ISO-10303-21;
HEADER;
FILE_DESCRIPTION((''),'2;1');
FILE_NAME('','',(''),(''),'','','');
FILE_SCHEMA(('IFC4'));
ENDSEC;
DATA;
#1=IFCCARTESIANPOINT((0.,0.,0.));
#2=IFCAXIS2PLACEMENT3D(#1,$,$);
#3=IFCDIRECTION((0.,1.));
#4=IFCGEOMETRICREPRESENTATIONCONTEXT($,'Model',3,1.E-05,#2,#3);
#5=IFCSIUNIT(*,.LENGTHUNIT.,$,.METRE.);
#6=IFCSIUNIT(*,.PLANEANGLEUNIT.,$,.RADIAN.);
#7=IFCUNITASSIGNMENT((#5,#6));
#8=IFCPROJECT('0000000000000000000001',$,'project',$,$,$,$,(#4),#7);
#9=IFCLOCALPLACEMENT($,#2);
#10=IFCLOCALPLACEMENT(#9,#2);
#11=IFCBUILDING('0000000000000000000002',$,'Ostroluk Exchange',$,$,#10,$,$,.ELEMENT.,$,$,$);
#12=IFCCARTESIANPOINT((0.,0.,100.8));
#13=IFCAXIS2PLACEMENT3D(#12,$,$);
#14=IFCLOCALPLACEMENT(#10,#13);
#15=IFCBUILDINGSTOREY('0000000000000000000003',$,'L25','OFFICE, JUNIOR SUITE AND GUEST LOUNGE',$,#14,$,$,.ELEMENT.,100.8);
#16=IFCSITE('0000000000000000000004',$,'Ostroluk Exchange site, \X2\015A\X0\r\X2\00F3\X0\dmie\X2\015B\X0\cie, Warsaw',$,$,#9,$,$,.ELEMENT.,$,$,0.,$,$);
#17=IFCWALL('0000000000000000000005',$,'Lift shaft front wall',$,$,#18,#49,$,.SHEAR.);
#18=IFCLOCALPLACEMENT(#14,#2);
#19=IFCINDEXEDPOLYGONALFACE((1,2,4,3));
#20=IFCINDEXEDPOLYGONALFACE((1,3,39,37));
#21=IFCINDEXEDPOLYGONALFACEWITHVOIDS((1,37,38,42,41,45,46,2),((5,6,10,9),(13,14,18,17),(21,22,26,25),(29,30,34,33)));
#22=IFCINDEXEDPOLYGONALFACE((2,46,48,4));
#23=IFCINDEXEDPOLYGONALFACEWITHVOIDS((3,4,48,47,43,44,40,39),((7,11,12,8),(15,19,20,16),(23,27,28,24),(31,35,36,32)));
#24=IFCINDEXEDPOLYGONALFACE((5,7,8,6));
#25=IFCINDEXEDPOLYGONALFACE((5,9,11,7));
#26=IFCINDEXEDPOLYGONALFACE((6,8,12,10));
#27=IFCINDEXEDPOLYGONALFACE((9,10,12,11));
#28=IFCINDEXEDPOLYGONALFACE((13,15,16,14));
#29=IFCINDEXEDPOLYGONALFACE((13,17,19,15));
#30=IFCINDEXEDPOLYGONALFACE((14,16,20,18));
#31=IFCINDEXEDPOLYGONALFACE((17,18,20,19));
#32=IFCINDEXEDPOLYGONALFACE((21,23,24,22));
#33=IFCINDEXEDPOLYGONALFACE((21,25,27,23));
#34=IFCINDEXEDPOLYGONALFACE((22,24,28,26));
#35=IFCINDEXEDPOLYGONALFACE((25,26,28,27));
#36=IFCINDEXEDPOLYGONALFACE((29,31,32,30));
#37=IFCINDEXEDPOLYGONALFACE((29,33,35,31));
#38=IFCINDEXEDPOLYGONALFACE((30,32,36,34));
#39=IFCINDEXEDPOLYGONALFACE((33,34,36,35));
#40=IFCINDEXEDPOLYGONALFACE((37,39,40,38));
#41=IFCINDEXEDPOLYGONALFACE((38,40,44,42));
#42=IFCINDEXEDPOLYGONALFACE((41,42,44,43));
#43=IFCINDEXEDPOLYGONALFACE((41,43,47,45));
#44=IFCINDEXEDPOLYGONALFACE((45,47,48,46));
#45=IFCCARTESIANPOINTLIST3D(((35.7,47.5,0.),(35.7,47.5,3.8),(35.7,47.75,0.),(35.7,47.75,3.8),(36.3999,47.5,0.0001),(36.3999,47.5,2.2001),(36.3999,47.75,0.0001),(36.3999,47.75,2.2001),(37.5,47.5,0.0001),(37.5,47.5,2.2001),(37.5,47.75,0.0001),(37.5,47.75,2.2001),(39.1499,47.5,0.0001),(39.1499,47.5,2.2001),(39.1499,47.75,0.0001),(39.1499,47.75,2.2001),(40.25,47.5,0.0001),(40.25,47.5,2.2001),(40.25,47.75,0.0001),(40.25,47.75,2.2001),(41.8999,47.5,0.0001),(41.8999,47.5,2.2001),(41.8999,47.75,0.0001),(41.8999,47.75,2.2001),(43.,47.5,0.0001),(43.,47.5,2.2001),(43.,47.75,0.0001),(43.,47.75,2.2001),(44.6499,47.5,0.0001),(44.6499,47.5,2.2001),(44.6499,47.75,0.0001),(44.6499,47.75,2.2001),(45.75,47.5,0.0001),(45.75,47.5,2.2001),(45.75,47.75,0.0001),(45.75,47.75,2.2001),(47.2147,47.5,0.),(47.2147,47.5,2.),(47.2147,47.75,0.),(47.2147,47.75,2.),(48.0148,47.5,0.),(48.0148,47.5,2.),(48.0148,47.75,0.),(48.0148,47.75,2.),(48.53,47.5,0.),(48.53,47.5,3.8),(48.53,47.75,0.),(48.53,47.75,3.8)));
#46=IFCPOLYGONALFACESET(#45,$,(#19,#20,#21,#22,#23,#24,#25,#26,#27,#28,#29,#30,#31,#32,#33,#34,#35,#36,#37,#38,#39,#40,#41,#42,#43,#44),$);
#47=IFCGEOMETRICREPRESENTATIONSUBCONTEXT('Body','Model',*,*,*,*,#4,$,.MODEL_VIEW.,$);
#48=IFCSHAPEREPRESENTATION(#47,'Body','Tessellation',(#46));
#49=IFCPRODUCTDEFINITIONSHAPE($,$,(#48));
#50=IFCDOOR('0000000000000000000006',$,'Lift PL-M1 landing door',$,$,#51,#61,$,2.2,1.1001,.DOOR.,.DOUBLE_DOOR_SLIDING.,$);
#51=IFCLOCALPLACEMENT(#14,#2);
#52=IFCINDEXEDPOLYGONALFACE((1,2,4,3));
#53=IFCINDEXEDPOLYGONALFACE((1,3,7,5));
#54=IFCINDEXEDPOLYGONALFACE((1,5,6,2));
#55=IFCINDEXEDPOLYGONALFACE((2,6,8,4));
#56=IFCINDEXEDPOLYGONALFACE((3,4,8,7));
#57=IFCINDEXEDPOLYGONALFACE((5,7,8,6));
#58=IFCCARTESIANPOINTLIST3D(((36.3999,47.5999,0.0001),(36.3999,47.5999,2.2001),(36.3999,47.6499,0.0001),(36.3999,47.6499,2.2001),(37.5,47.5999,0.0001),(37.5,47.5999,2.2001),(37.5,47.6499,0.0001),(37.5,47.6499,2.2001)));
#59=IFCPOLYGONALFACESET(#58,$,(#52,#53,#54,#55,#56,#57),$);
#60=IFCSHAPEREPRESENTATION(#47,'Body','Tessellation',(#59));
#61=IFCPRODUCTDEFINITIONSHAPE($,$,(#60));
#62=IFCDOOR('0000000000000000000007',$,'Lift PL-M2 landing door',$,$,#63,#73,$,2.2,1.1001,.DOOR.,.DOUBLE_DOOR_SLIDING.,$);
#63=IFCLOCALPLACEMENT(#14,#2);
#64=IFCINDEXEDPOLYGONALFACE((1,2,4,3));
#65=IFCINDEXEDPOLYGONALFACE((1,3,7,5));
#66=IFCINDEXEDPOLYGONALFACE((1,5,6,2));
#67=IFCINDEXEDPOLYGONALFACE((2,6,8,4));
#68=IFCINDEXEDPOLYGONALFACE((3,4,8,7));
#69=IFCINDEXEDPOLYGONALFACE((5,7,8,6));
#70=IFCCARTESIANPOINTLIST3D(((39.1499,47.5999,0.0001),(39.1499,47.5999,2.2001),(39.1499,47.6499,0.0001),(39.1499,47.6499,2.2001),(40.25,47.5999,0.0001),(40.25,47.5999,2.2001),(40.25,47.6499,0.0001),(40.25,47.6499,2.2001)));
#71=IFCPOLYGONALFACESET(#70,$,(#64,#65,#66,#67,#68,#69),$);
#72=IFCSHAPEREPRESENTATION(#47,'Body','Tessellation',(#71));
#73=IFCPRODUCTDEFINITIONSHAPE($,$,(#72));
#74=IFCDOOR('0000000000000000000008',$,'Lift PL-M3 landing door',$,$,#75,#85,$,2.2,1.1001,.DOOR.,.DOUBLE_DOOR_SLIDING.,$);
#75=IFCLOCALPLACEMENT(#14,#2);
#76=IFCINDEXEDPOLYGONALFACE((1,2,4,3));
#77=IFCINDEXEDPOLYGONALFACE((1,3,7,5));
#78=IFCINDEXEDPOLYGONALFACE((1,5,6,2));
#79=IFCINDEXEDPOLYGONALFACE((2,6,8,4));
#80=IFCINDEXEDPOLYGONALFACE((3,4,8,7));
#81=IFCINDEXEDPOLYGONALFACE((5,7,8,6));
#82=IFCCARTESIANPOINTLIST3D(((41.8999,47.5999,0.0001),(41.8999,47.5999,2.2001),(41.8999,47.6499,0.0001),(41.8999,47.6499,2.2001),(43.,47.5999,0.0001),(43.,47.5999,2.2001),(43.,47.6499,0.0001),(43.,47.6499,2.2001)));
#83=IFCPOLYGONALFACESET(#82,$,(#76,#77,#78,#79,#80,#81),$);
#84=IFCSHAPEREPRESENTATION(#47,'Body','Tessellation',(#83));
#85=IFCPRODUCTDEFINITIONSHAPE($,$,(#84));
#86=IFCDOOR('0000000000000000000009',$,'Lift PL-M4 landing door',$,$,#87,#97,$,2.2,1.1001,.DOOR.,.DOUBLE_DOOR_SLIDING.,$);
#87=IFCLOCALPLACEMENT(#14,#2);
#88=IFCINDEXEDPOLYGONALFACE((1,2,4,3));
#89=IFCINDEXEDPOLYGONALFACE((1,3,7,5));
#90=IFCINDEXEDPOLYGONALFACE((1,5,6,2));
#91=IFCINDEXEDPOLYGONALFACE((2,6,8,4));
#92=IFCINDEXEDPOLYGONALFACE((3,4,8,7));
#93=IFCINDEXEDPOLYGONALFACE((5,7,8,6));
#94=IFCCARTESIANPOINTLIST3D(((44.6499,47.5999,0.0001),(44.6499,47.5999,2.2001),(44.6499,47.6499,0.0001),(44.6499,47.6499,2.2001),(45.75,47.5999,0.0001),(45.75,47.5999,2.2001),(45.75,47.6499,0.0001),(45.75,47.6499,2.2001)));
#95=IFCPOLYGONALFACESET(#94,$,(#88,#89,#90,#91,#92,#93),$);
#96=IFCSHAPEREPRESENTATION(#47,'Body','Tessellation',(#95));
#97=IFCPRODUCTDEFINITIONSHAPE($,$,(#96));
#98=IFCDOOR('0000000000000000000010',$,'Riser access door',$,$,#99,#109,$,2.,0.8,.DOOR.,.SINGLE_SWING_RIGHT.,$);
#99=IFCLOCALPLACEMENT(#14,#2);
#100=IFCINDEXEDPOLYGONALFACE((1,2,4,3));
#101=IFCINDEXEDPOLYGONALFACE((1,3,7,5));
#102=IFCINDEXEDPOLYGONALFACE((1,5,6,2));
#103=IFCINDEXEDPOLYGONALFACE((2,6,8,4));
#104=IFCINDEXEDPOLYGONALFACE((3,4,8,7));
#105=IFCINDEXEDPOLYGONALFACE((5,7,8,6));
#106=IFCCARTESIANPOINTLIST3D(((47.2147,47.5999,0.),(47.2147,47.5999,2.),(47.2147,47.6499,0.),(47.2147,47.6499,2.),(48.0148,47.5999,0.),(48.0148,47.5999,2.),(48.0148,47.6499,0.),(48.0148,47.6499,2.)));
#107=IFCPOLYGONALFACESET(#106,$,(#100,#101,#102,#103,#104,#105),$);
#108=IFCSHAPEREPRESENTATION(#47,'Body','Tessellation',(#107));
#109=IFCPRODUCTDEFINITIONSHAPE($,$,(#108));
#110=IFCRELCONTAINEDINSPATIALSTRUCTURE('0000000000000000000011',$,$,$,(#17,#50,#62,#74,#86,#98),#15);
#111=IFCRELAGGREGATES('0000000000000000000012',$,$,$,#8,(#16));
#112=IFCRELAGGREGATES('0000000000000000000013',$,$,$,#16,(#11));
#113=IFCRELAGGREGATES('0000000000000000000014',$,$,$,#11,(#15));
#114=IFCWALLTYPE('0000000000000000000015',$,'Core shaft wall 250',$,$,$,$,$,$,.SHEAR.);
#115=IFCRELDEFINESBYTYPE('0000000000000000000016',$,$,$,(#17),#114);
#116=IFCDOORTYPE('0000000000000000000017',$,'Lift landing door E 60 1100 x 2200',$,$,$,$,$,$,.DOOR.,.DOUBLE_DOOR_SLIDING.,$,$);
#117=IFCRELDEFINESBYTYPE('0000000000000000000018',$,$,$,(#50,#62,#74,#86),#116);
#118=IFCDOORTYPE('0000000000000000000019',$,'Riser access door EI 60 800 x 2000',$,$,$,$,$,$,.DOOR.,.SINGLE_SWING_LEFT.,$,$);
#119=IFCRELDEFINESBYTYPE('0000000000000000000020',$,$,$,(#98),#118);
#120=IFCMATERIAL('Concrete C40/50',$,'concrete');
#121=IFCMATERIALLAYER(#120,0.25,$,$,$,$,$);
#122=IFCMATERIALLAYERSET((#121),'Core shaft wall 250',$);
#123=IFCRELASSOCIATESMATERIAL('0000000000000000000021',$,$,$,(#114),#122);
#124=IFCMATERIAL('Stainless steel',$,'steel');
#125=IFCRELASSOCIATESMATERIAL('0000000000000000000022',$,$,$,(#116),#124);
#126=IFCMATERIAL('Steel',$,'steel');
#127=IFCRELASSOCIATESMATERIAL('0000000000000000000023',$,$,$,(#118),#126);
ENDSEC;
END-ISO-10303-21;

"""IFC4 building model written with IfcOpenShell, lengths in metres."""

from ifc_helpers import new_model, si_unit, direction, frame, frame_2d, origin, place, context, subcontext, project, spatial, rectangle, extrude, material, layer, layer_set, type_object, element, fill, save


model = new_model("IFC4")

# Units and contexts
model_context = context("Model", 3, precision=1e-05, world=origin(), true_north=direction((0.0, 1.0)))
body_context = subcontext(model_context, "Body", "Model", "MODEL_VIEW")
ifc_project = project(units=[si_unit("LENGTHUNIT", "METRE"), si_unit("PLANEANGLEUNIT", "RADIAN")], contexts=[model_context])

# Site, building, storey
site_placement = place(None, origin())
site = spatial("IfcSite", under=ifc_project, at=site_placement, Name="Ostroluk Exchange site, Śródmieście, Warsaw", CompositionType="ELEMENT", RefElevation=0.0)
building_placement = place(site_placement, origin())
building = spatial("IfcBuilding", under=site, at=building_placement, Name="Ostroluk Exchange", CompositionType="ELEMENT")
storey_placement = place(building_placement, frame((0.0, 0.0, 100.8)))
storey = spatial("IfcBuildingStorey", under=building, at=storey_placement, Name="L25", Description="OFFICE, JUNIOR SUITE AND GUEST LOUNGE", CompositionType="ELEMENT", Elevation=100.8)

# Shared definitions
ifc_material_1 = material(Name="Concrete C40/50", Category="concrete")
ifc_layer_1 = layer(ifc_material_1, 0.25)
ifc_layer_set_1 = layer_set([ifc_layer_1], Name="Core shaft wall 250")
wall_type_1 = type_object("IfcWallType", Name="Core shaft wall 250", PredefinedType="SHEAR", material=ifc_layer_set_1)

# Wall, openings, doors
wall_1_placement = place(storey_placement, frame((35.7, 47.625, 0.0), z_axis=(0.0, 0.0, 1.0), x_axis=(1.0, 0.0, 0.0)))
wall_1 = element("IfcWall", 1, at=wall_1_placement, inside=storey, type_object=wall_type_1, Name="Lift shaft front wall", PredefinedType="SHEAR", context=body_context, shape_type="SweptSolid", body=[
    extrude(rectangle(XDim=12.8301, YDim=0.25, at=frame_2d((6.415, 0.0))), origin(), (0.0, 0.0, 1.0), 3.8),
])
opening_1_placement = place(wall_1_placement, frame((0.7, 0.0, 0.0)))
opening_1 = element("IfcOpeningElement", 2, at=opening_1_placement, cuts=wall_1, PredefinedType="OPENING", context=body_context, shape_type="SweptSolid", body=[
    extrude(rectangle(XDim=1.1001, YDim=2.2, at=frame_2d((0.55, 1.1001))), frame((0.0, 0.135, 0.0), z_axis=(0.0, -1.0, 0.0), x_axis=(1.0, 0.0, 0.0)), (0.0, 0.0, 1.0), 0.27),
])
opening_2_placement = place(wall_1_placement, frame((3.45, 0.0, 0.0)))
opening_2 = element("IfcOpeningElement", 3, at=opening_2_placement, cuts=wall_1, PredefinedType="OPENING", context=body_context, shape_type="SweptSolid", body=[
    extrude(rectangle(XDim=1.1001, YDim=2.2, at=frame_2d((0.55, 1.1001))), frame((0.0, 0.135, 0.0), z_axis=(0.0, -1.0, 0.0), x_axis=(1.0, 0.0, 0.0)), (0.0, 0.0, 1.0), 0.27),
])
opening_3_placement = place(wall_1_placement, frame((6.2, 0.0, 0.0)))
opening_3 = element("IfcOpeningElement", 4, at=opening_3_placement, cuts=wall_1, PredefinedType="OPENING", context=body_context, shape_type="SweptSolid", body=[
    extrude(rectangle(XDim=1.1001, YDim=2.2, at=frame_2d((0.55, 1.1001))), frame((0.0, 0.135, 0.0), z_axis=(0.0, -1.0, 0.0), x_axis=(1.0, 0.0, 0.0)), (0.0, 0.0, 1.0), 0.27),
])
opening_4_placement = place(wall_1_placement, frame((8.95, 0.0, 0.0)))
opening_4 = element("IfcOpeningElement", 5, at=opening_4_placement, cuts=wall_1, PredefinedType="OPENING", context=body_context, shape_type="SweptSolid", body=[
    extrude(rectangle(XDim=1.1001, YDim=2.2, at=frame_2d((0.55, 1.1001))), frame((0.0, 0.135, 0.0), z_axis=(0.0, -1.0, 0.0), x_axis=(1.0, 0.0, 0.0)), (0.0, 0.0, 1.0), 0.27),
])
opening_5_placement = place(wall_1_placement, frame((11.5149, 0.0, 0.0)))
opening_5 = element("IfcOpeningElement", 6, at=opening_5_placement, cuts=wall_1, PredefinedType="OPENING", context=body_context, shape_type="SweptSolid", body=[
    extrude(rectangle(XDim=0.8, YDim=2.0, at=frame_2d((0.3999, 1.0))), frame((0.0, 0.135, 0.0), z_axis=(0.0, -1.0, 0.0), x_axis=(1.0, 0.0, 0.0)), (0.0, 0.0, 1.0), 0.27),
])
ifc_material_2 = material(Name="Stainless steel", Category="steel")
door_type_1 = type_object("IfcDoorType", Name="Lift landing door E 60 1100 x 2200", OperationType="DOUBLE_DOOR_SLIDING", PredefinedType="DOOR", material=ifc_material_2)
door_1_placement = place(opening_1_placement, origin())
door_1 = element("IfcDoor", 7, at=door_1_placement, inside=storey, type_object=door_type_1, Name="Lift PL-M1 landing door", OperationType="DOUBLE_DOOR_SLIDING", OverallHeight=2.2, OverallWidth=1.1001, PredefinedType="DOOR", context=body_context, shape_type="SweptSolid", body=[
    extrude(rectangle(XDim=1.1001, YDim=2.2, at=frame_2d((0.55, 1.1001))), frame((0.0, 0.0249, 0.0), z_axis=(0.0, -1.0, 0.0), x_axis=(1.0, 0.0, 0.0)), (0.0, 0.0, 1.0), 0.05),
])
fill(opening_1, door_1)
door_2_placement = place(opening_2_placement, origin())
door_2 = element("IfcDoor", 8, at=door_2_placement, inside=storey, type_object=door_type_1, Name="Lift PL-M2 landing door", OperationType="DOUBLE_DOOR_SLIDING", OverallHeight=2.2, OverallWidth=1.1001, PredefinedType="DOOR", context=body_context, shape_type="SweptSolid", body=[
    extrude(rectangle(XDim=1.1001, YDim=2.2, at=frame_2d((0.55, 1.1001))), frame((0.0, 0.0249, 0.0), z_axis=(0.0, -1.0, 0.0), x_axis=(1.0, 0.0, 0.0)), (0.0, 0.0, 1.0), 0.05),
])
fill(opening_2, door_2)
door_3_placement = place(opening_3_placement, origin())
door_3 = element("IfcDoor", 9, at=door_3_placement, inside=storey, type_object=door_type_1, Name="Lift PL-M3 landing door", OperationType="DOUBLE_DOOR_SLIDING", OverallHeight=2.2, OverallWidth=1.1001, PredefinedType="DOOR", context=body_context, shape_type="SweptSolid", body=[
    extrude(rectangle(XDim=1.1001, YDim=2.2, at=frame_2d((0.55, 1.1001))), frame((0.0, 0.0249, 0.0), z_axis=(0.0, -1.0, 0.0), x_axis=(1.0, 0.0, 0.0)), (0.0, 0.0, 1.0), 0.05),
])
fill(opening_3, door_3)
door_4_placement = place(opening_4_placement, origin())
door_4 = element("IfcDoor", 10, at=door_4_placement, inside=storey, type_object=door_type_1, Name="Lift PL-M4 landing door", OperationType="DOUBLE_DOOR_SLIDING", OverallHeight=2.2, OverallWidth=1.1001, PredefinedType="DOOR", context=body_context, shape_type="SweptSolid", body=[
    extrude(rectangle(XDim=1.1001, YDim=2.2, at=frame_2d((0.55, 1.1001))), frame((0.0, 0.0249, 0.0), z_axis=(0.0, -1.0, 0.0), x_axis=(1.0, 0.0, 0.0)), (0.0, 0.0, 1.0), 0.05),
])
fill(opening_4, door_4)
ifc_material_3 = material(Name="Steel", Category="steel")
door_type_2 = type_object("IfcDoorType", Name="Riser access door EI 60 800 x 2000", OperationType="SINGLE_SWING_LEFT", PredefinedType="DOOR", material=ifc_material_3)
door_5_placement = place(opening_5_placement, origin())
door_5 = element("IfcDoor", 11, at=door_5_placement, inside=storey, type_object=door_type_2, Name="Riser access door", OperationType="SINGLE_SWING_RIGHT", OverallHeight=2.0, OverallWidth=0.8, PredefinedType="DOOR", context=body_context, shape_type="SweptSolid", body=[
    extrude(rectangle(XDim=0.8, YDim=2.0, at=frame_2d((0.3999, 1.0))), frame((0.0, 0.0249, 0.0), z_axis=(0.0, -1.0, 0.0), x_axis=(1.0, 0.0, 0.0)), (0.0, 0.0, 1.0), 0.05),
])
fill(opening_5, door_5)

save(model, "model.ifc")
